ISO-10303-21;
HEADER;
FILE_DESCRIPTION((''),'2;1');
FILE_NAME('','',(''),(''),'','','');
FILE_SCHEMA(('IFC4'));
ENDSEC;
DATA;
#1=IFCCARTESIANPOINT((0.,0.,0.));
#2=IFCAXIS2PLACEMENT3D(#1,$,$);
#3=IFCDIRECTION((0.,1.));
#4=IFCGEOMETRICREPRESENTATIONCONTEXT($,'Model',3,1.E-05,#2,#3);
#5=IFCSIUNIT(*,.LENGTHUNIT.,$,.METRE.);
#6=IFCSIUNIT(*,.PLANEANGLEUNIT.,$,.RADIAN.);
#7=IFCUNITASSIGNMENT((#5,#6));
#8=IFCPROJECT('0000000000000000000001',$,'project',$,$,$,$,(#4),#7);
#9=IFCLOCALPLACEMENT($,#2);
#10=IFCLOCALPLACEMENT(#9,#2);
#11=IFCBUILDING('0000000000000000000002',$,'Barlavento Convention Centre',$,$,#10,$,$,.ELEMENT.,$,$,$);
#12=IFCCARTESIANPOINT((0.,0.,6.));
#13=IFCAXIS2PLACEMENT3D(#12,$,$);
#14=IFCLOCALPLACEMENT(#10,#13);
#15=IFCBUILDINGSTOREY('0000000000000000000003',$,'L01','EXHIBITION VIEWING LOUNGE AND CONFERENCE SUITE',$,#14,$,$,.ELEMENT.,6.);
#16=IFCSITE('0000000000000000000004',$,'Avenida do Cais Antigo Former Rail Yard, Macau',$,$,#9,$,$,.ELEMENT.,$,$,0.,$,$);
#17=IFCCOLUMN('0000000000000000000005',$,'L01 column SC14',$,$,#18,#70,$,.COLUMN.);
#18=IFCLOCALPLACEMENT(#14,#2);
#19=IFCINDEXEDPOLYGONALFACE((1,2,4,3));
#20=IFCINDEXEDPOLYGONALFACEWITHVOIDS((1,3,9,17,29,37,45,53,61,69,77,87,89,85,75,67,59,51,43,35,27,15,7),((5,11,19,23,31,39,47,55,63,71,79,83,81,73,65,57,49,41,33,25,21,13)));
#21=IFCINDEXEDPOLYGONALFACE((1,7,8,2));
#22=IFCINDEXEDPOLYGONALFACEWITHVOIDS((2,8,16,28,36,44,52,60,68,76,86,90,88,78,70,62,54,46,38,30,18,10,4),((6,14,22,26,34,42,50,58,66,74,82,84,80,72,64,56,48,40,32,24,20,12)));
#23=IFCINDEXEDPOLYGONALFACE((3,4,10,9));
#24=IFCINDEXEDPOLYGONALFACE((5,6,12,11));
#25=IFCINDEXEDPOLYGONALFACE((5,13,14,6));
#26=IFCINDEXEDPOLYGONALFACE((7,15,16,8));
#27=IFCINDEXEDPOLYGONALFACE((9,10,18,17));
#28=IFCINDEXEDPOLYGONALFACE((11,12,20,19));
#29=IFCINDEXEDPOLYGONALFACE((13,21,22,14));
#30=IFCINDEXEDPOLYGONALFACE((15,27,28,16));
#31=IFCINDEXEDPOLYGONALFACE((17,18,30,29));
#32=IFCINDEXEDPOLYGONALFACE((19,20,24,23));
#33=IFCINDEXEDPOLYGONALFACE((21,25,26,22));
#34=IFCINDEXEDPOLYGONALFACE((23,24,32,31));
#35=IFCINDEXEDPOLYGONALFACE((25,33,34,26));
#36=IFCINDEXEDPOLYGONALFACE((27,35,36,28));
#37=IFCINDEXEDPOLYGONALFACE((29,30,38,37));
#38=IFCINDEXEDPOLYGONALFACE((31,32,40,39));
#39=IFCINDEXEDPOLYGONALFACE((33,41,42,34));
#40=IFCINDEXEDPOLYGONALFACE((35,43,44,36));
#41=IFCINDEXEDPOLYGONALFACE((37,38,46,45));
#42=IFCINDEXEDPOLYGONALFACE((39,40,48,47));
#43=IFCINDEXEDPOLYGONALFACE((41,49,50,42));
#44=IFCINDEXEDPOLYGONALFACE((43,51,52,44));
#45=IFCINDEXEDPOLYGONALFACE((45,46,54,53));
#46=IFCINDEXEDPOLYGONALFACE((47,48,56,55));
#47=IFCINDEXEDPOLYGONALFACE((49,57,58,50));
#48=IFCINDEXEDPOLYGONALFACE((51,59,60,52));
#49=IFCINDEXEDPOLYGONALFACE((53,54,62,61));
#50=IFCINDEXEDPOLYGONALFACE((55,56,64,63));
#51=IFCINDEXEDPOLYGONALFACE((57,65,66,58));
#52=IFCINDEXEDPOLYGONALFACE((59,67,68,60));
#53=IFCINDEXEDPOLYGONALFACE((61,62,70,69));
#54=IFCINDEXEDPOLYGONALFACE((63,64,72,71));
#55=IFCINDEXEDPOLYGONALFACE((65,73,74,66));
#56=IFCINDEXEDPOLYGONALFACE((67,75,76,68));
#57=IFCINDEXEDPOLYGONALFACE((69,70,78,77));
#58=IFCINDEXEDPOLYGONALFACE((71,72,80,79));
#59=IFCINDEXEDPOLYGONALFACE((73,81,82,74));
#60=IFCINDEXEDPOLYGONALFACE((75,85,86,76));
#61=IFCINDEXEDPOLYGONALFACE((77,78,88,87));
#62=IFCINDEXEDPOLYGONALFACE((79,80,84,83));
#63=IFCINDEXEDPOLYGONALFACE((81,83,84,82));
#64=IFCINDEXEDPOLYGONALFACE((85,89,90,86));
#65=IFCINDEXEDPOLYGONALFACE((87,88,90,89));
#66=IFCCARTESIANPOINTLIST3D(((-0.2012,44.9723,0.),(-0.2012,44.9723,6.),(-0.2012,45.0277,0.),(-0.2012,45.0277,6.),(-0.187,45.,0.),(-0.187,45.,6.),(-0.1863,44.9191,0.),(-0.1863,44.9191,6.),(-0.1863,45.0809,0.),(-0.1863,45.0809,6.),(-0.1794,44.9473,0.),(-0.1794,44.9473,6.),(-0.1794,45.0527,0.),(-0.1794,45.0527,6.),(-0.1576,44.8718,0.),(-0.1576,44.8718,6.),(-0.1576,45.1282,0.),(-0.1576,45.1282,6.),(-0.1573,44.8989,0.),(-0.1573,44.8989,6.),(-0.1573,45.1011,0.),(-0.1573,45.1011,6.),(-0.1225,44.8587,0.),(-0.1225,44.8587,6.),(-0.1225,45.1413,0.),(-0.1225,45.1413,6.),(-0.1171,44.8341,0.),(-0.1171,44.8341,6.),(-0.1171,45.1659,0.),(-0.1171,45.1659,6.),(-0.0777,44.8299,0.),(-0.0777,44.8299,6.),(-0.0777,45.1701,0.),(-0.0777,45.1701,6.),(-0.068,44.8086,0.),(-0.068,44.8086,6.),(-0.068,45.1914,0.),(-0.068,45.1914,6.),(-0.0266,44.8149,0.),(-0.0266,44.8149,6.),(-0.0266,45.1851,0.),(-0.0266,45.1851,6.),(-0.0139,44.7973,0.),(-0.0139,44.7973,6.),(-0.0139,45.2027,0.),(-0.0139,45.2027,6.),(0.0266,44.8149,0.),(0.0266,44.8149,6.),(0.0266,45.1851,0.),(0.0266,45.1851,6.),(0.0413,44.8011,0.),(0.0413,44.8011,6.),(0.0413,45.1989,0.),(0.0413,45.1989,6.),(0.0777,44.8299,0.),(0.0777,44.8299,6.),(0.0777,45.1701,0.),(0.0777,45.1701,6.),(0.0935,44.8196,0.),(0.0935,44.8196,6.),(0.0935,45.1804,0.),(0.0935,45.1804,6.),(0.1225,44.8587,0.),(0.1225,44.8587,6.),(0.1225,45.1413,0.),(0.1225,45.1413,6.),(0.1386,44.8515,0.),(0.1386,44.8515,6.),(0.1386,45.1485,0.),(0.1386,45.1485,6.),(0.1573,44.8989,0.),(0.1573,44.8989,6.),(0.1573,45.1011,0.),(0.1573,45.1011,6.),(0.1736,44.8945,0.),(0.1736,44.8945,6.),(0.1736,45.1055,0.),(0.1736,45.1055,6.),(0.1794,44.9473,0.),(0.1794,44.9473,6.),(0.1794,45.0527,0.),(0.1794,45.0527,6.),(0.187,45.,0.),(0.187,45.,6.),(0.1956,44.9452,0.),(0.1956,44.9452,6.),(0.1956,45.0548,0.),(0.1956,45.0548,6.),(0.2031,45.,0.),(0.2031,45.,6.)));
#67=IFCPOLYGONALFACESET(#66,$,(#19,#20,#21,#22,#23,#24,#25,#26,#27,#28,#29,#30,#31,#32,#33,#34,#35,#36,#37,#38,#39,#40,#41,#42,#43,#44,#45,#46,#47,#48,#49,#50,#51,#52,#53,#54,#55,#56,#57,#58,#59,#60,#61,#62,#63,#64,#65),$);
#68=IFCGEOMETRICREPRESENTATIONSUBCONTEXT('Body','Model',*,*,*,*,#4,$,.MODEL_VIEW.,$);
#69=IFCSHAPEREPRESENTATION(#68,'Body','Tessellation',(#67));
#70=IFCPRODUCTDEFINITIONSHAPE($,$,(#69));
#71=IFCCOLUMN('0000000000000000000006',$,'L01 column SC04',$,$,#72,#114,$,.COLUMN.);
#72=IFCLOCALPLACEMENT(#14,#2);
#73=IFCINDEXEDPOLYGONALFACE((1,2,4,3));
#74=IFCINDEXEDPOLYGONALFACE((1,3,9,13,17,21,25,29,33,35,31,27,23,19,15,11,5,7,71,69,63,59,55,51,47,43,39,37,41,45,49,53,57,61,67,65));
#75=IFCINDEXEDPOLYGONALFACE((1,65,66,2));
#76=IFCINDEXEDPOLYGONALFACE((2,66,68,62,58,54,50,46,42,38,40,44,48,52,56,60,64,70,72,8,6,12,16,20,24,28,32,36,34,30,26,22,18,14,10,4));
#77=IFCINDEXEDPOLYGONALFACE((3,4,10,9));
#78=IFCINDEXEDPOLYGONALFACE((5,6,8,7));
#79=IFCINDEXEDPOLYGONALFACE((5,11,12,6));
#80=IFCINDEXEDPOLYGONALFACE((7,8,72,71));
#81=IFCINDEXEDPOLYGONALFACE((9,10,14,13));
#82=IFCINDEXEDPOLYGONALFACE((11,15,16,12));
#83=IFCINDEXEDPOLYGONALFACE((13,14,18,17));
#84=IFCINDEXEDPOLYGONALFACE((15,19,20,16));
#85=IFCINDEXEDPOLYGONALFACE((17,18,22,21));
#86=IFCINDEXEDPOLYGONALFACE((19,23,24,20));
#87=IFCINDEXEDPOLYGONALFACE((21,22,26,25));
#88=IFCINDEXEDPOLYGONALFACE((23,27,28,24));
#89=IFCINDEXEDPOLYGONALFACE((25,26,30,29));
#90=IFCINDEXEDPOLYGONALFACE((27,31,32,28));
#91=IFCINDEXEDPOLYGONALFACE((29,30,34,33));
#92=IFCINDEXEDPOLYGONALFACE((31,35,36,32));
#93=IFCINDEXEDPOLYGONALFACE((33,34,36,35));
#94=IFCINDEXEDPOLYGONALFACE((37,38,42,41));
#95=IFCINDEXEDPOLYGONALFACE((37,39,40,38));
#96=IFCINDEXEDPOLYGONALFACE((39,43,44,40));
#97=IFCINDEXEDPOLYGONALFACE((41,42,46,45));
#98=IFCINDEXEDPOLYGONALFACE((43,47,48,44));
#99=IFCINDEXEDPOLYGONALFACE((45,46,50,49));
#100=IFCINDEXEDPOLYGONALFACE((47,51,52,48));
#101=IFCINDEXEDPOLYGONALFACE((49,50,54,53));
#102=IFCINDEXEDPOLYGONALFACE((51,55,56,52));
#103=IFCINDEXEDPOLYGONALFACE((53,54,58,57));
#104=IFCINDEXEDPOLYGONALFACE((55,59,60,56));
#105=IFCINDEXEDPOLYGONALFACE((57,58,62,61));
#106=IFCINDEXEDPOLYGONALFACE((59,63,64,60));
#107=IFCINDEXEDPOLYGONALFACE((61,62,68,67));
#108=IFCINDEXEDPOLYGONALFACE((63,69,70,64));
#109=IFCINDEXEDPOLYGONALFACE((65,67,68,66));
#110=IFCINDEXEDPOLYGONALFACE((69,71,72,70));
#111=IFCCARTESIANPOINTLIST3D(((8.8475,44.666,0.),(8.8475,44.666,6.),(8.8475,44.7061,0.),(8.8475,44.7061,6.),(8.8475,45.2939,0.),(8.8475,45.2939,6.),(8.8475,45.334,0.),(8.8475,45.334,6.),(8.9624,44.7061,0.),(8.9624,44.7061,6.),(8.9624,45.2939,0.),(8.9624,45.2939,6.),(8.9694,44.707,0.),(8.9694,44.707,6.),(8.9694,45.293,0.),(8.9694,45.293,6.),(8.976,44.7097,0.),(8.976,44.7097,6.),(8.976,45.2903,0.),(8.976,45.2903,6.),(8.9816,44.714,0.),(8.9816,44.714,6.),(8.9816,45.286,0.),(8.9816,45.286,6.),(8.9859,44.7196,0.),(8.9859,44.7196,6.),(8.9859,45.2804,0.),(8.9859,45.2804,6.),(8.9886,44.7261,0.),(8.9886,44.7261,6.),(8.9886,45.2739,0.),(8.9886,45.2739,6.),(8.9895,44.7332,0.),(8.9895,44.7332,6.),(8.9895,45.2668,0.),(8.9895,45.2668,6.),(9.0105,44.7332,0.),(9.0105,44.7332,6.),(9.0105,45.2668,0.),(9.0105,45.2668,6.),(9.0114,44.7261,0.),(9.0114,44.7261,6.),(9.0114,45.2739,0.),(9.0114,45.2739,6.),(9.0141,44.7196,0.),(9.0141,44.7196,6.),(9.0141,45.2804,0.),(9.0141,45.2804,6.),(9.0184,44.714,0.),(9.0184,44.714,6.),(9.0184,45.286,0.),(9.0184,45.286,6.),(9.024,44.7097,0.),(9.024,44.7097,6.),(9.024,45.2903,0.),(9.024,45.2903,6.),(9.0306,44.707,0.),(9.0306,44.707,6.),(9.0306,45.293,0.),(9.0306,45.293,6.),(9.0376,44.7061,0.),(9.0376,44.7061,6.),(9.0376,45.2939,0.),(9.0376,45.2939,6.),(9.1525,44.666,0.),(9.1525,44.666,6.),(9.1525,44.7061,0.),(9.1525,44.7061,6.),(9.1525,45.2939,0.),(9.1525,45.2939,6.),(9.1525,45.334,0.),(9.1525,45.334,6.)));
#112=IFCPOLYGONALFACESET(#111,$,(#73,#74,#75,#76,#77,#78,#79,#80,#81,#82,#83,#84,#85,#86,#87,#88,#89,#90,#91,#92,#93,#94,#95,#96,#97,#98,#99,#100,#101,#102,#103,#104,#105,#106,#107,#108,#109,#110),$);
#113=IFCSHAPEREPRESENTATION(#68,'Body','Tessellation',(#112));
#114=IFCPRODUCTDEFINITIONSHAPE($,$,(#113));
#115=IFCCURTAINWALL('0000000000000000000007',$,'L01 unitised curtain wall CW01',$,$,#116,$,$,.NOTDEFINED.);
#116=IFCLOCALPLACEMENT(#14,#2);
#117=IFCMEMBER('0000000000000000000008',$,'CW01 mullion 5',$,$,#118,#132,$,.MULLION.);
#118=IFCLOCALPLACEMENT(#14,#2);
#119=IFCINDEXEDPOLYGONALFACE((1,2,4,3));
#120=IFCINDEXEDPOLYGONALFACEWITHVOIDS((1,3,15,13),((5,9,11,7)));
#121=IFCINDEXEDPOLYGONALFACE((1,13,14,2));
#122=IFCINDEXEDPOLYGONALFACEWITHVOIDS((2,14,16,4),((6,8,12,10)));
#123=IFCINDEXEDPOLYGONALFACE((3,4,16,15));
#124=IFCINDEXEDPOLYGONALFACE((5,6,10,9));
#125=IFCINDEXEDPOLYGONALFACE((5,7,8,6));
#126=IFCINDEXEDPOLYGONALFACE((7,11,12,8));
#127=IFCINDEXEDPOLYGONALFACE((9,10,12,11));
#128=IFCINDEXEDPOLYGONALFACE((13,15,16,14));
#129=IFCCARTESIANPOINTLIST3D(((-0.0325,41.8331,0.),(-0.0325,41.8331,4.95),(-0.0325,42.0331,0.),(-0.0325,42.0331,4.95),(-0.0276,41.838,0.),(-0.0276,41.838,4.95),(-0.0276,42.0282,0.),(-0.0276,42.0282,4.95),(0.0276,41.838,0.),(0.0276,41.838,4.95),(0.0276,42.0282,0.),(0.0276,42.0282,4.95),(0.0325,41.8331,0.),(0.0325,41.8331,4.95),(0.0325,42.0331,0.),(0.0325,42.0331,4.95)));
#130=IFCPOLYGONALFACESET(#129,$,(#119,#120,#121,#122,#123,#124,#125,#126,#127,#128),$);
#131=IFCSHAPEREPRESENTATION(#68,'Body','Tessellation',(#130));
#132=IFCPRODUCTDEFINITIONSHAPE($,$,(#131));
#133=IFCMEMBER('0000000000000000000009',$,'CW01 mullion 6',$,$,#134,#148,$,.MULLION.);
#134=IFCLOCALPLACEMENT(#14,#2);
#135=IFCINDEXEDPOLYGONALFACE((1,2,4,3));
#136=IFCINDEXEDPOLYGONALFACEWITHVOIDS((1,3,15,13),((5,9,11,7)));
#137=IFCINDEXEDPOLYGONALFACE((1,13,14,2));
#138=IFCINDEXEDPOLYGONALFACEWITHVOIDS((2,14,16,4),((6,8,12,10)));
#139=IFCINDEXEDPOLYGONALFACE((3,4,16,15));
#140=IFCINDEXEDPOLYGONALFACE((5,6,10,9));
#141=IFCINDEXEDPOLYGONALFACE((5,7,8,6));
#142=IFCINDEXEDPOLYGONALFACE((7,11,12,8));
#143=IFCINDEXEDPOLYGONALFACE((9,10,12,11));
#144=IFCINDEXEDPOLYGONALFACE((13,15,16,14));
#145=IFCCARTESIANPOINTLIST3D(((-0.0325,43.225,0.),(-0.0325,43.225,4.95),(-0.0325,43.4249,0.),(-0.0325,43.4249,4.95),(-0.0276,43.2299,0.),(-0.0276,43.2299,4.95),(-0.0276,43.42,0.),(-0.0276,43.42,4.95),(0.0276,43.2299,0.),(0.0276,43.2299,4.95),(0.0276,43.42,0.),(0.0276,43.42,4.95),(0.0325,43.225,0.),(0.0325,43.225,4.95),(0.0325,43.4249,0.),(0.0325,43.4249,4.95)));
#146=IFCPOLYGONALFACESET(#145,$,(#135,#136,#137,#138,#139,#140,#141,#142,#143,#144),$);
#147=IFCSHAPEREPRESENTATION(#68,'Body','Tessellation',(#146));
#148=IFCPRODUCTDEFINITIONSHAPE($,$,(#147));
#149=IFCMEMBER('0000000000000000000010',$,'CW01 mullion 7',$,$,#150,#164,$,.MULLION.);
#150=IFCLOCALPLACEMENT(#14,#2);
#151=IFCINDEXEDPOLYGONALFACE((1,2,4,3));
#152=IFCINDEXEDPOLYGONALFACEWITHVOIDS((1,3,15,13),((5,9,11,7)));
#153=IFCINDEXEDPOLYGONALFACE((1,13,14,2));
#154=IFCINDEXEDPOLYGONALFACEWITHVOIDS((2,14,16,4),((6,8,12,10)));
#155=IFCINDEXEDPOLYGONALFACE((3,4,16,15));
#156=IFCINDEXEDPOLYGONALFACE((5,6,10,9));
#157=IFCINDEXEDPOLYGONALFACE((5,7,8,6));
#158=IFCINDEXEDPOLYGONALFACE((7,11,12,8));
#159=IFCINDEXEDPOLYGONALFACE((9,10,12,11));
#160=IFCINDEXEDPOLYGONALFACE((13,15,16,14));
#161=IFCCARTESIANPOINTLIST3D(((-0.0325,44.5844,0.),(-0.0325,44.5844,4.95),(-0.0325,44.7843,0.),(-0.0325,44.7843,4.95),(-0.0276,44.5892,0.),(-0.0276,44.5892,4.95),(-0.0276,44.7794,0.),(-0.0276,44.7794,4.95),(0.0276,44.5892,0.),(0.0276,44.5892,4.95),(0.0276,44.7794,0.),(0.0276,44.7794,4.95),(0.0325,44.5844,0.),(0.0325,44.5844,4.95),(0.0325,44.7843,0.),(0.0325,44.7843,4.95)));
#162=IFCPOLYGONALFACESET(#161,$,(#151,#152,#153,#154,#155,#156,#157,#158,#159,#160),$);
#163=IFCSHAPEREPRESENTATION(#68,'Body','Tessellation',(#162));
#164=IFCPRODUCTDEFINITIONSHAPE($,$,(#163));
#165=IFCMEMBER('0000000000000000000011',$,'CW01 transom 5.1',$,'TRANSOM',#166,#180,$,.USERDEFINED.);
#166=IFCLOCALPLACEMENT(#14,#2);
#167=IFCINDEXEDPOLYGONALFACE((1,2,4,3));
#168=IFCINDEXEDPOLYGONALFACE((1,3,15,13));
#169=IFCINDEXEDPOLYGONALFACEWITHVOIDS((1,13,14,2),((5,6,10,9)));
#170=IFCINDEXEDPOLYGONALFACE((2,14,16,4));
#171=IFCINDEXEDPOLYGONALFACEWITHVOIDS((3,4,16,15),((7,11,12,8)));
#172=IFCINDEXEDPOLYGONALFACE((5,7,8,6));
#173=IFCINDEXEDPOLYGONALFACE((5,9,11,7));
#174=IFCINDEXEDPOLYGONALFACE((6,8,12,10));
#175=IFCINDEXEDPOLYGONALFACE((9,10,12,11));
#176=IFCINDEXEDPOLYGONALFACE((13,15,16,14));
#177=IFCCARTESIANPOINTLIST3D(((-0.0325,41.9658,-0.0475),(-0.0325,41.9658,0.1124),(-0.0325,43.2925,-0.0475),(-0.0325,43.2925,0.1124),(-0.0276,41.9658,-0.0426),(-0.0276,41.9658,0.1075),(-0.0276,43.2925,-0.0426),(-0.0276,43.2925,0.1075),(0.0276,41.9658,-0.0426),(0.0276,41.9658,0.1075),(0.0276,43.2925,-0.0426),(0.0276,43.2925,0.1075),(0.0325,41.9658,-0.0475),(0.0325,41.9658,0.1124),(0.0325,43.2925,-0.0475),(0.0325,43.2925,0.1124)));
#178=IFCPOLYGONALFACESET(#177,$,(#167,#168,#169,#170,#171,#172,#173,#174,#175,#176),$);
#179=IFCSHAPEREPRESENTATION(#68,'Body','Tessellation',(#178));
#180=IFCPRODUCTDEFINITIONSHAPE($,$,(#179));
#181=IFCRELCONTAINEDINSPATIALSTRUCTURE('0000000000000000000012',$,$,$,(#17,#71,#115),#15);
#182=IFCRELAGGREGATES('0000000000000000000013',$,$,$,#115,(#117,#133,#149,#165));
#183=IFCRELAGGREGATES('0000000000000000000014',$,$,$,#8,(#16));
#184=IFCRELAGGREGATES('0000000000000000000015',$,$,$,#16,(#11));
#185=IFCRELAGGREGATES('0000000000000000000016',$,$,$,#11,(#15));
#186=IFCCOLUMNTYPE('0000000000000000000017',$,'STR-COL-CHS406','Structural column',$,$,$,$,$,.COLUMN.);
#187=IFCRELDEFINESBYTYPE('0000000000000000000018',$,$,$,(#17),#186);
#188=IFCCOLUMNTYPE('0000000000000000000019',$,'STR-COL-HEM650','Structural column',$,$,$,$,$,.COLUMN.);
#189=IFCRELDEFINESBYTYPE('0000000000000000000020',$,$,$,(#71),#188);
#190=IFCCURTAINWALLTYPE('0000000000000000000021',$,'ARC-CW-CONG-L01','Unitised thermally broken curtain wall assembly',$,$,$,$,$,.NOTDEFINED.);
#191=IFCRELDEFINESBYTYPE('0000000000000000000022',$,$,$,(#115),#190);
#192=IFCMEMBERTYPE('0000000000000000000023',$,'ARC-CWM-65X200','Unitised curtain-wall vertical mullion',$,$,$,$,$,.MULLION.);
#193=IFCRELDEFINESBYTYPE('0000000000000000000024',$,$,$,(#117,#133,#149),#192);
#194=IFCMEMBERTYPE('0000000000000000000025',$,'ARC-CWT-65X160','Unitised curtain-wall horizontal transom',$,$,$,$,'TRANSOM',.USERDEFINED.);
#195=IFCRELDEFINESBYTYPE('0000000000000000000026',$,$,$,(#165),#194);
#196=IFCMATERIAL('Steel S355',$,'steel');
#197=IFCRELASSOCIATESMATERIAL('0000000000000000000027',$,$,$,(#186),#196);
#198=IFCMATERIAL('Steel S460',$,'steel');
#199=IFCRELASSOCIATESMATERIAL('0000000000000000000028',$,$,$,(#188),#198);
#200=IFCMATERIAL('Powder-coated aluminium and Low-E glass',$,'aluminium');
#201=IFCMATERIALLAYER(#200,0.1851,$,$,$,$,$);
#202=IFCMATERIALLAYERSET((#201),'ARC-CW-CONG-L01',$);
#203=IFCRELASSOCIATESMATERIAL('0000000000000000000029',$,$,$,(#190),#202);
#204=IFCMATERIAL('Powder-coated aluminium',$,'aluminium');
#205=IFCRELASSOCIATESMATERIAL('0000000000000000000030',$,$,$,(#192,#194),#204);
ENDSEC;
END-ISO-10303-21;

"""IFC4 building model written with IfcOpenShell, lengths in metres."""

from ifc_helpers import new_model, si_unit, direction, frame, origin, origin_2d, place, context, subcontext, project, spatial, hollow_rectangle, hollow_circle, i_section, extrude, material, layer, layer_set, material_profile, profile_set, type_object, element, aggregate, save


model = new_model("IFC4")

# Units and contexts
model_context = context("Model", 3, precision=1e-05, world=origin(), true_north=direction((0.0, 1.0)))
body_context = subcontext(model_context, "Body", "Model", "MODEL_VIEW")
ifc_project = project(units=[si_unit("LENGTHUNIT", "METRE"), si_unit("PLANEANGLEUNIT", "RADIAN")], contexts=[model_context])

# Site, building, storey
site_placement = place(None, origin())
site = spatial("IfcSite", under=ifc_project, at=site_placement, Name="Avenida do Cais Antigo Former Rail Yard, Macau", CompositionType="ELEMENT", RefElevation=0.0)
building_placement = place(site_placement, origin())
building = spatial("IfcBuilding", under=site, at=building_placement, Name="Barlavento Convention Centre", CompositionType="ELEMENT")
storey_placement = place(building_placement, frame((0.0, 0.0, 6.0)))
storey = spatial("IfcBuildingStorey", under=building, at=storey_placement, Name="L01", Description="EXHIBITION VIEWING LOUNGE AND CONFERENCE SUITE", CompositionType="ELEMENT", Elevation=6.0)

# Columns
ifc_material_1 = material(Name="Steel S355", Category="steel")
ifc_material_profile_1 = material_profile(ifc_material_1, hollow_circle(Radius=0.2031, WallThickness=0.0161, at=origin_2d()), Name="CHS 406.4x16.0")
ifc_profile_set_1 = profile_set([ifc_material_profile_1], Name="Steel S355")
column_type_1 = type_object("IfcColumnType", Name="STR-COL-CHS406", Description="Structural column", PredefinedType="COLUMN", material=ifc_profile_set_1)
column_1_placement = place(storey_placement, frame((0.0, 45.0, 0.0), z_axis=(0.0, 0.0, 1.0), x_axis=(1.0, 0.0, 0.0)))
element("IfcColumn", 1, at=column_1_placement, inside=storey, type_object=column_type_1, Name="L01 column SC14", PredefinedType="COLUMN", context=body_context, shape_type="SweptSolid", body=[
    extrude(hollow_circle(Radius=0.2031, WallThickness=0.0161, at=origin_2d()), origin(), (0.0, 0.0, 1.0), 6.0),
])
ifc_material_2 = material(Name="Steel S460", Category="steel")
ifc_material_profile_2 = material_profile(ifc_material_2, i_section(OverallWidth=0.3049, OverallDepth=0.668, WebThickness=0.021, FlangeThickness=0.04, FilletRadius=0.0271, at=origin_2d()), Name="HEM 650")
ifc_profile_set_2 = profile_set([ifc_material_profile_2], Name="Steel S460")
column_type_2 = type_object("IfcColumnType", Name="STR-COL-HEM650", Description="Structural column", PredefinedType="COLUMN", material=ifc_profile_set_2)
column_2_placement = place(storey_placement, frame((9.0, 45.0, 0.0), z_axis=(0.0, 0.0, 1.0), x_axis=(1.0, 0.0, 0.0)))
element("IfcColumn", 2, at=column_2_placement, inside=storey, type_object=column_type_2, Name="L01 column SC04", PredefinedType="COLUMN", context=body_context, shape_type="SweptSolid", body=[
    extrude(i_section(OverallWidth=0.3049, OverallDepth=0.668, WebThickness=0.021, FlangeThickness=0.04, FilletRadius=0.0271, at=origin_2d()), origin(), (0.0, 0.0, 1.0), 6.0),
])

# Curtain wall, members
ifc_material_3 = material(Name="Powder-coated aluminium and Low-E glass", Category="aluminium")
ifc_layer_1 = layer(ifc_material_3, 0.1851)
ifc_layer_set_1 = layer_set([ifc_layer_1], Name="ARC-CW-CONG-L01")
curtain_wall_type = type_object("IfcCurtainWallType", Name="ARC-CW-CONG-L01", Description="Unitised thermally broken curtain wall assembly", PredefinedType="NOTDEFINED", material=ifc_layer_set_1)
curtain_wall_placement = place(storey_placement, origin())
curtain_wall = element("IfcCurtainWall", 3, at=curtain_wall_placement, inside=storey, type_object=curtain_wall_type, Name="L01 unitised curtain wall CW01", PredefinedType="NOTDEFINED")
ifc_material_4 = material(Name="Powder-coated aluminium", Category="aluminium")
ifc_material_profile_3 = material_profile(ifc_material_4, hollow_rectangle(XDim=0.0649, YDim=0.2, WallThickness=0.0049, at=origin_2d()), Name="AL-MULL 65x200x5")
ifc_profile_set_3 = profile_set([ifc_material_profile_3], Name="Powder-coated aluminium")
member_type_1 = type_object("IfcMemberType", Name="ARC-CWM-65X200", Description="Unitised curtain-wall vertical mullion", PredefinedType="MULLION", material=ifc_profile_set_3)
member_1_placement = place(storey_placement, frame((0.0, 41.9331, 0.0), z_axis=(0.0, 0.0, 1.0), x_axis=(-1.0, 0.0, 0.0)))
member_1 = element("IfcMember", 4, at=member_1_placement, type_object=member_type_1, Name="CW01 mullion 5", PredefinedType="MULLION", context=body_context, shape_type="SweptSolid", body=[
    extrude(hollow_rectangle(XDim=0.0649, YDim=0.2, WallThickness=0.0049, at=origin_2d()), origin(), (0.0, 0.0, 1.0), 4.95),
])
member_2_placement = place(storey_placement, frame((0.0, 43.325, 0.0), z_axis=(0.0, 0.0, 1.0), x_axis=(-1.0, 0.0, 0.0)))
member_2 = element("IfcMember", 5, at=member_2_placement, type_object=member_type_1, Name="CW01 mullion 6", PredefinedType="MULLION", context=body_context, shape_type="SweptSolid", body=[
    extrude(hollow_rectangle(XDim=0.0649, YDim=0.2, WallThickness=0.0049, at=origin_2d()), origin(), (0.0, 0.0, 1.0), 4.95),
])
member_3_placement = place(storey_placement, frame((0.0, 44.6843, 0.0), z_axis=(0.0, 0.0, 1.0), x_axis=(-1.0, 0.0, 0.0)))
member_3 = element("IfcMember", 6, at=member_3_placement, type_object=member_type_1, Name="CW01 mullion 7", PredefinedType="MULLION", context=body_context, shape_type="SweptSolid", body=[
    extrude(hollow_rectangle(XDim=0.0649, YDim=0.2, WallThickness=0.0049, at=origin_2d()), origin(), (0.0, 0.0, 1.0), 4.95),
])
ifc_material_profile_4 = material_profile(ifc_material_4, hollow_rectangle(XDim=0.0649, YDim=0.1599, WallThickness=0.0049, at=origin_2d()), Name="AL-TRAN 65x160x5")
ifc_profile_set_4 = profile_set([ifc_material_profile_4], Name="Powder-coated aluminium")
member_type_2 = type_object("IfcMemberType", Name="ARC-CWT-65X160", Description="Unitised curtain-wall horizontal transom", ElementType="TRANSOM", PredefinedType="USERDEFINED", material=ifc_profile_set_4)
member_4_placement = place(storey_placement, frame((0.0, 41.9658, 0.0325), z_axis=(0.0, 1.0, 0.0), x_axis=(-1.0, 0.0, 0.0)))
member_4 = element("IfcMember", 7, at=member_4_placement, type_object=member_type_2, Name="CW01 transom 5.1", ObjectType="TRANSOM", PredefinedType="USERDEFINED", context=body_context, shape_type="SweptSolid", body=[
    extrude(hollow_rectangle(XDim=0.0649, YDim=0.1599, WallThickness=0.0049, at=origin_2d()), origin(), (0.0, 0.0, 1.0), 1.3267),
])

aggregate(curtain_wall, [member_1, member_2, member_3, member_4])

save(model, "model.ifc")
